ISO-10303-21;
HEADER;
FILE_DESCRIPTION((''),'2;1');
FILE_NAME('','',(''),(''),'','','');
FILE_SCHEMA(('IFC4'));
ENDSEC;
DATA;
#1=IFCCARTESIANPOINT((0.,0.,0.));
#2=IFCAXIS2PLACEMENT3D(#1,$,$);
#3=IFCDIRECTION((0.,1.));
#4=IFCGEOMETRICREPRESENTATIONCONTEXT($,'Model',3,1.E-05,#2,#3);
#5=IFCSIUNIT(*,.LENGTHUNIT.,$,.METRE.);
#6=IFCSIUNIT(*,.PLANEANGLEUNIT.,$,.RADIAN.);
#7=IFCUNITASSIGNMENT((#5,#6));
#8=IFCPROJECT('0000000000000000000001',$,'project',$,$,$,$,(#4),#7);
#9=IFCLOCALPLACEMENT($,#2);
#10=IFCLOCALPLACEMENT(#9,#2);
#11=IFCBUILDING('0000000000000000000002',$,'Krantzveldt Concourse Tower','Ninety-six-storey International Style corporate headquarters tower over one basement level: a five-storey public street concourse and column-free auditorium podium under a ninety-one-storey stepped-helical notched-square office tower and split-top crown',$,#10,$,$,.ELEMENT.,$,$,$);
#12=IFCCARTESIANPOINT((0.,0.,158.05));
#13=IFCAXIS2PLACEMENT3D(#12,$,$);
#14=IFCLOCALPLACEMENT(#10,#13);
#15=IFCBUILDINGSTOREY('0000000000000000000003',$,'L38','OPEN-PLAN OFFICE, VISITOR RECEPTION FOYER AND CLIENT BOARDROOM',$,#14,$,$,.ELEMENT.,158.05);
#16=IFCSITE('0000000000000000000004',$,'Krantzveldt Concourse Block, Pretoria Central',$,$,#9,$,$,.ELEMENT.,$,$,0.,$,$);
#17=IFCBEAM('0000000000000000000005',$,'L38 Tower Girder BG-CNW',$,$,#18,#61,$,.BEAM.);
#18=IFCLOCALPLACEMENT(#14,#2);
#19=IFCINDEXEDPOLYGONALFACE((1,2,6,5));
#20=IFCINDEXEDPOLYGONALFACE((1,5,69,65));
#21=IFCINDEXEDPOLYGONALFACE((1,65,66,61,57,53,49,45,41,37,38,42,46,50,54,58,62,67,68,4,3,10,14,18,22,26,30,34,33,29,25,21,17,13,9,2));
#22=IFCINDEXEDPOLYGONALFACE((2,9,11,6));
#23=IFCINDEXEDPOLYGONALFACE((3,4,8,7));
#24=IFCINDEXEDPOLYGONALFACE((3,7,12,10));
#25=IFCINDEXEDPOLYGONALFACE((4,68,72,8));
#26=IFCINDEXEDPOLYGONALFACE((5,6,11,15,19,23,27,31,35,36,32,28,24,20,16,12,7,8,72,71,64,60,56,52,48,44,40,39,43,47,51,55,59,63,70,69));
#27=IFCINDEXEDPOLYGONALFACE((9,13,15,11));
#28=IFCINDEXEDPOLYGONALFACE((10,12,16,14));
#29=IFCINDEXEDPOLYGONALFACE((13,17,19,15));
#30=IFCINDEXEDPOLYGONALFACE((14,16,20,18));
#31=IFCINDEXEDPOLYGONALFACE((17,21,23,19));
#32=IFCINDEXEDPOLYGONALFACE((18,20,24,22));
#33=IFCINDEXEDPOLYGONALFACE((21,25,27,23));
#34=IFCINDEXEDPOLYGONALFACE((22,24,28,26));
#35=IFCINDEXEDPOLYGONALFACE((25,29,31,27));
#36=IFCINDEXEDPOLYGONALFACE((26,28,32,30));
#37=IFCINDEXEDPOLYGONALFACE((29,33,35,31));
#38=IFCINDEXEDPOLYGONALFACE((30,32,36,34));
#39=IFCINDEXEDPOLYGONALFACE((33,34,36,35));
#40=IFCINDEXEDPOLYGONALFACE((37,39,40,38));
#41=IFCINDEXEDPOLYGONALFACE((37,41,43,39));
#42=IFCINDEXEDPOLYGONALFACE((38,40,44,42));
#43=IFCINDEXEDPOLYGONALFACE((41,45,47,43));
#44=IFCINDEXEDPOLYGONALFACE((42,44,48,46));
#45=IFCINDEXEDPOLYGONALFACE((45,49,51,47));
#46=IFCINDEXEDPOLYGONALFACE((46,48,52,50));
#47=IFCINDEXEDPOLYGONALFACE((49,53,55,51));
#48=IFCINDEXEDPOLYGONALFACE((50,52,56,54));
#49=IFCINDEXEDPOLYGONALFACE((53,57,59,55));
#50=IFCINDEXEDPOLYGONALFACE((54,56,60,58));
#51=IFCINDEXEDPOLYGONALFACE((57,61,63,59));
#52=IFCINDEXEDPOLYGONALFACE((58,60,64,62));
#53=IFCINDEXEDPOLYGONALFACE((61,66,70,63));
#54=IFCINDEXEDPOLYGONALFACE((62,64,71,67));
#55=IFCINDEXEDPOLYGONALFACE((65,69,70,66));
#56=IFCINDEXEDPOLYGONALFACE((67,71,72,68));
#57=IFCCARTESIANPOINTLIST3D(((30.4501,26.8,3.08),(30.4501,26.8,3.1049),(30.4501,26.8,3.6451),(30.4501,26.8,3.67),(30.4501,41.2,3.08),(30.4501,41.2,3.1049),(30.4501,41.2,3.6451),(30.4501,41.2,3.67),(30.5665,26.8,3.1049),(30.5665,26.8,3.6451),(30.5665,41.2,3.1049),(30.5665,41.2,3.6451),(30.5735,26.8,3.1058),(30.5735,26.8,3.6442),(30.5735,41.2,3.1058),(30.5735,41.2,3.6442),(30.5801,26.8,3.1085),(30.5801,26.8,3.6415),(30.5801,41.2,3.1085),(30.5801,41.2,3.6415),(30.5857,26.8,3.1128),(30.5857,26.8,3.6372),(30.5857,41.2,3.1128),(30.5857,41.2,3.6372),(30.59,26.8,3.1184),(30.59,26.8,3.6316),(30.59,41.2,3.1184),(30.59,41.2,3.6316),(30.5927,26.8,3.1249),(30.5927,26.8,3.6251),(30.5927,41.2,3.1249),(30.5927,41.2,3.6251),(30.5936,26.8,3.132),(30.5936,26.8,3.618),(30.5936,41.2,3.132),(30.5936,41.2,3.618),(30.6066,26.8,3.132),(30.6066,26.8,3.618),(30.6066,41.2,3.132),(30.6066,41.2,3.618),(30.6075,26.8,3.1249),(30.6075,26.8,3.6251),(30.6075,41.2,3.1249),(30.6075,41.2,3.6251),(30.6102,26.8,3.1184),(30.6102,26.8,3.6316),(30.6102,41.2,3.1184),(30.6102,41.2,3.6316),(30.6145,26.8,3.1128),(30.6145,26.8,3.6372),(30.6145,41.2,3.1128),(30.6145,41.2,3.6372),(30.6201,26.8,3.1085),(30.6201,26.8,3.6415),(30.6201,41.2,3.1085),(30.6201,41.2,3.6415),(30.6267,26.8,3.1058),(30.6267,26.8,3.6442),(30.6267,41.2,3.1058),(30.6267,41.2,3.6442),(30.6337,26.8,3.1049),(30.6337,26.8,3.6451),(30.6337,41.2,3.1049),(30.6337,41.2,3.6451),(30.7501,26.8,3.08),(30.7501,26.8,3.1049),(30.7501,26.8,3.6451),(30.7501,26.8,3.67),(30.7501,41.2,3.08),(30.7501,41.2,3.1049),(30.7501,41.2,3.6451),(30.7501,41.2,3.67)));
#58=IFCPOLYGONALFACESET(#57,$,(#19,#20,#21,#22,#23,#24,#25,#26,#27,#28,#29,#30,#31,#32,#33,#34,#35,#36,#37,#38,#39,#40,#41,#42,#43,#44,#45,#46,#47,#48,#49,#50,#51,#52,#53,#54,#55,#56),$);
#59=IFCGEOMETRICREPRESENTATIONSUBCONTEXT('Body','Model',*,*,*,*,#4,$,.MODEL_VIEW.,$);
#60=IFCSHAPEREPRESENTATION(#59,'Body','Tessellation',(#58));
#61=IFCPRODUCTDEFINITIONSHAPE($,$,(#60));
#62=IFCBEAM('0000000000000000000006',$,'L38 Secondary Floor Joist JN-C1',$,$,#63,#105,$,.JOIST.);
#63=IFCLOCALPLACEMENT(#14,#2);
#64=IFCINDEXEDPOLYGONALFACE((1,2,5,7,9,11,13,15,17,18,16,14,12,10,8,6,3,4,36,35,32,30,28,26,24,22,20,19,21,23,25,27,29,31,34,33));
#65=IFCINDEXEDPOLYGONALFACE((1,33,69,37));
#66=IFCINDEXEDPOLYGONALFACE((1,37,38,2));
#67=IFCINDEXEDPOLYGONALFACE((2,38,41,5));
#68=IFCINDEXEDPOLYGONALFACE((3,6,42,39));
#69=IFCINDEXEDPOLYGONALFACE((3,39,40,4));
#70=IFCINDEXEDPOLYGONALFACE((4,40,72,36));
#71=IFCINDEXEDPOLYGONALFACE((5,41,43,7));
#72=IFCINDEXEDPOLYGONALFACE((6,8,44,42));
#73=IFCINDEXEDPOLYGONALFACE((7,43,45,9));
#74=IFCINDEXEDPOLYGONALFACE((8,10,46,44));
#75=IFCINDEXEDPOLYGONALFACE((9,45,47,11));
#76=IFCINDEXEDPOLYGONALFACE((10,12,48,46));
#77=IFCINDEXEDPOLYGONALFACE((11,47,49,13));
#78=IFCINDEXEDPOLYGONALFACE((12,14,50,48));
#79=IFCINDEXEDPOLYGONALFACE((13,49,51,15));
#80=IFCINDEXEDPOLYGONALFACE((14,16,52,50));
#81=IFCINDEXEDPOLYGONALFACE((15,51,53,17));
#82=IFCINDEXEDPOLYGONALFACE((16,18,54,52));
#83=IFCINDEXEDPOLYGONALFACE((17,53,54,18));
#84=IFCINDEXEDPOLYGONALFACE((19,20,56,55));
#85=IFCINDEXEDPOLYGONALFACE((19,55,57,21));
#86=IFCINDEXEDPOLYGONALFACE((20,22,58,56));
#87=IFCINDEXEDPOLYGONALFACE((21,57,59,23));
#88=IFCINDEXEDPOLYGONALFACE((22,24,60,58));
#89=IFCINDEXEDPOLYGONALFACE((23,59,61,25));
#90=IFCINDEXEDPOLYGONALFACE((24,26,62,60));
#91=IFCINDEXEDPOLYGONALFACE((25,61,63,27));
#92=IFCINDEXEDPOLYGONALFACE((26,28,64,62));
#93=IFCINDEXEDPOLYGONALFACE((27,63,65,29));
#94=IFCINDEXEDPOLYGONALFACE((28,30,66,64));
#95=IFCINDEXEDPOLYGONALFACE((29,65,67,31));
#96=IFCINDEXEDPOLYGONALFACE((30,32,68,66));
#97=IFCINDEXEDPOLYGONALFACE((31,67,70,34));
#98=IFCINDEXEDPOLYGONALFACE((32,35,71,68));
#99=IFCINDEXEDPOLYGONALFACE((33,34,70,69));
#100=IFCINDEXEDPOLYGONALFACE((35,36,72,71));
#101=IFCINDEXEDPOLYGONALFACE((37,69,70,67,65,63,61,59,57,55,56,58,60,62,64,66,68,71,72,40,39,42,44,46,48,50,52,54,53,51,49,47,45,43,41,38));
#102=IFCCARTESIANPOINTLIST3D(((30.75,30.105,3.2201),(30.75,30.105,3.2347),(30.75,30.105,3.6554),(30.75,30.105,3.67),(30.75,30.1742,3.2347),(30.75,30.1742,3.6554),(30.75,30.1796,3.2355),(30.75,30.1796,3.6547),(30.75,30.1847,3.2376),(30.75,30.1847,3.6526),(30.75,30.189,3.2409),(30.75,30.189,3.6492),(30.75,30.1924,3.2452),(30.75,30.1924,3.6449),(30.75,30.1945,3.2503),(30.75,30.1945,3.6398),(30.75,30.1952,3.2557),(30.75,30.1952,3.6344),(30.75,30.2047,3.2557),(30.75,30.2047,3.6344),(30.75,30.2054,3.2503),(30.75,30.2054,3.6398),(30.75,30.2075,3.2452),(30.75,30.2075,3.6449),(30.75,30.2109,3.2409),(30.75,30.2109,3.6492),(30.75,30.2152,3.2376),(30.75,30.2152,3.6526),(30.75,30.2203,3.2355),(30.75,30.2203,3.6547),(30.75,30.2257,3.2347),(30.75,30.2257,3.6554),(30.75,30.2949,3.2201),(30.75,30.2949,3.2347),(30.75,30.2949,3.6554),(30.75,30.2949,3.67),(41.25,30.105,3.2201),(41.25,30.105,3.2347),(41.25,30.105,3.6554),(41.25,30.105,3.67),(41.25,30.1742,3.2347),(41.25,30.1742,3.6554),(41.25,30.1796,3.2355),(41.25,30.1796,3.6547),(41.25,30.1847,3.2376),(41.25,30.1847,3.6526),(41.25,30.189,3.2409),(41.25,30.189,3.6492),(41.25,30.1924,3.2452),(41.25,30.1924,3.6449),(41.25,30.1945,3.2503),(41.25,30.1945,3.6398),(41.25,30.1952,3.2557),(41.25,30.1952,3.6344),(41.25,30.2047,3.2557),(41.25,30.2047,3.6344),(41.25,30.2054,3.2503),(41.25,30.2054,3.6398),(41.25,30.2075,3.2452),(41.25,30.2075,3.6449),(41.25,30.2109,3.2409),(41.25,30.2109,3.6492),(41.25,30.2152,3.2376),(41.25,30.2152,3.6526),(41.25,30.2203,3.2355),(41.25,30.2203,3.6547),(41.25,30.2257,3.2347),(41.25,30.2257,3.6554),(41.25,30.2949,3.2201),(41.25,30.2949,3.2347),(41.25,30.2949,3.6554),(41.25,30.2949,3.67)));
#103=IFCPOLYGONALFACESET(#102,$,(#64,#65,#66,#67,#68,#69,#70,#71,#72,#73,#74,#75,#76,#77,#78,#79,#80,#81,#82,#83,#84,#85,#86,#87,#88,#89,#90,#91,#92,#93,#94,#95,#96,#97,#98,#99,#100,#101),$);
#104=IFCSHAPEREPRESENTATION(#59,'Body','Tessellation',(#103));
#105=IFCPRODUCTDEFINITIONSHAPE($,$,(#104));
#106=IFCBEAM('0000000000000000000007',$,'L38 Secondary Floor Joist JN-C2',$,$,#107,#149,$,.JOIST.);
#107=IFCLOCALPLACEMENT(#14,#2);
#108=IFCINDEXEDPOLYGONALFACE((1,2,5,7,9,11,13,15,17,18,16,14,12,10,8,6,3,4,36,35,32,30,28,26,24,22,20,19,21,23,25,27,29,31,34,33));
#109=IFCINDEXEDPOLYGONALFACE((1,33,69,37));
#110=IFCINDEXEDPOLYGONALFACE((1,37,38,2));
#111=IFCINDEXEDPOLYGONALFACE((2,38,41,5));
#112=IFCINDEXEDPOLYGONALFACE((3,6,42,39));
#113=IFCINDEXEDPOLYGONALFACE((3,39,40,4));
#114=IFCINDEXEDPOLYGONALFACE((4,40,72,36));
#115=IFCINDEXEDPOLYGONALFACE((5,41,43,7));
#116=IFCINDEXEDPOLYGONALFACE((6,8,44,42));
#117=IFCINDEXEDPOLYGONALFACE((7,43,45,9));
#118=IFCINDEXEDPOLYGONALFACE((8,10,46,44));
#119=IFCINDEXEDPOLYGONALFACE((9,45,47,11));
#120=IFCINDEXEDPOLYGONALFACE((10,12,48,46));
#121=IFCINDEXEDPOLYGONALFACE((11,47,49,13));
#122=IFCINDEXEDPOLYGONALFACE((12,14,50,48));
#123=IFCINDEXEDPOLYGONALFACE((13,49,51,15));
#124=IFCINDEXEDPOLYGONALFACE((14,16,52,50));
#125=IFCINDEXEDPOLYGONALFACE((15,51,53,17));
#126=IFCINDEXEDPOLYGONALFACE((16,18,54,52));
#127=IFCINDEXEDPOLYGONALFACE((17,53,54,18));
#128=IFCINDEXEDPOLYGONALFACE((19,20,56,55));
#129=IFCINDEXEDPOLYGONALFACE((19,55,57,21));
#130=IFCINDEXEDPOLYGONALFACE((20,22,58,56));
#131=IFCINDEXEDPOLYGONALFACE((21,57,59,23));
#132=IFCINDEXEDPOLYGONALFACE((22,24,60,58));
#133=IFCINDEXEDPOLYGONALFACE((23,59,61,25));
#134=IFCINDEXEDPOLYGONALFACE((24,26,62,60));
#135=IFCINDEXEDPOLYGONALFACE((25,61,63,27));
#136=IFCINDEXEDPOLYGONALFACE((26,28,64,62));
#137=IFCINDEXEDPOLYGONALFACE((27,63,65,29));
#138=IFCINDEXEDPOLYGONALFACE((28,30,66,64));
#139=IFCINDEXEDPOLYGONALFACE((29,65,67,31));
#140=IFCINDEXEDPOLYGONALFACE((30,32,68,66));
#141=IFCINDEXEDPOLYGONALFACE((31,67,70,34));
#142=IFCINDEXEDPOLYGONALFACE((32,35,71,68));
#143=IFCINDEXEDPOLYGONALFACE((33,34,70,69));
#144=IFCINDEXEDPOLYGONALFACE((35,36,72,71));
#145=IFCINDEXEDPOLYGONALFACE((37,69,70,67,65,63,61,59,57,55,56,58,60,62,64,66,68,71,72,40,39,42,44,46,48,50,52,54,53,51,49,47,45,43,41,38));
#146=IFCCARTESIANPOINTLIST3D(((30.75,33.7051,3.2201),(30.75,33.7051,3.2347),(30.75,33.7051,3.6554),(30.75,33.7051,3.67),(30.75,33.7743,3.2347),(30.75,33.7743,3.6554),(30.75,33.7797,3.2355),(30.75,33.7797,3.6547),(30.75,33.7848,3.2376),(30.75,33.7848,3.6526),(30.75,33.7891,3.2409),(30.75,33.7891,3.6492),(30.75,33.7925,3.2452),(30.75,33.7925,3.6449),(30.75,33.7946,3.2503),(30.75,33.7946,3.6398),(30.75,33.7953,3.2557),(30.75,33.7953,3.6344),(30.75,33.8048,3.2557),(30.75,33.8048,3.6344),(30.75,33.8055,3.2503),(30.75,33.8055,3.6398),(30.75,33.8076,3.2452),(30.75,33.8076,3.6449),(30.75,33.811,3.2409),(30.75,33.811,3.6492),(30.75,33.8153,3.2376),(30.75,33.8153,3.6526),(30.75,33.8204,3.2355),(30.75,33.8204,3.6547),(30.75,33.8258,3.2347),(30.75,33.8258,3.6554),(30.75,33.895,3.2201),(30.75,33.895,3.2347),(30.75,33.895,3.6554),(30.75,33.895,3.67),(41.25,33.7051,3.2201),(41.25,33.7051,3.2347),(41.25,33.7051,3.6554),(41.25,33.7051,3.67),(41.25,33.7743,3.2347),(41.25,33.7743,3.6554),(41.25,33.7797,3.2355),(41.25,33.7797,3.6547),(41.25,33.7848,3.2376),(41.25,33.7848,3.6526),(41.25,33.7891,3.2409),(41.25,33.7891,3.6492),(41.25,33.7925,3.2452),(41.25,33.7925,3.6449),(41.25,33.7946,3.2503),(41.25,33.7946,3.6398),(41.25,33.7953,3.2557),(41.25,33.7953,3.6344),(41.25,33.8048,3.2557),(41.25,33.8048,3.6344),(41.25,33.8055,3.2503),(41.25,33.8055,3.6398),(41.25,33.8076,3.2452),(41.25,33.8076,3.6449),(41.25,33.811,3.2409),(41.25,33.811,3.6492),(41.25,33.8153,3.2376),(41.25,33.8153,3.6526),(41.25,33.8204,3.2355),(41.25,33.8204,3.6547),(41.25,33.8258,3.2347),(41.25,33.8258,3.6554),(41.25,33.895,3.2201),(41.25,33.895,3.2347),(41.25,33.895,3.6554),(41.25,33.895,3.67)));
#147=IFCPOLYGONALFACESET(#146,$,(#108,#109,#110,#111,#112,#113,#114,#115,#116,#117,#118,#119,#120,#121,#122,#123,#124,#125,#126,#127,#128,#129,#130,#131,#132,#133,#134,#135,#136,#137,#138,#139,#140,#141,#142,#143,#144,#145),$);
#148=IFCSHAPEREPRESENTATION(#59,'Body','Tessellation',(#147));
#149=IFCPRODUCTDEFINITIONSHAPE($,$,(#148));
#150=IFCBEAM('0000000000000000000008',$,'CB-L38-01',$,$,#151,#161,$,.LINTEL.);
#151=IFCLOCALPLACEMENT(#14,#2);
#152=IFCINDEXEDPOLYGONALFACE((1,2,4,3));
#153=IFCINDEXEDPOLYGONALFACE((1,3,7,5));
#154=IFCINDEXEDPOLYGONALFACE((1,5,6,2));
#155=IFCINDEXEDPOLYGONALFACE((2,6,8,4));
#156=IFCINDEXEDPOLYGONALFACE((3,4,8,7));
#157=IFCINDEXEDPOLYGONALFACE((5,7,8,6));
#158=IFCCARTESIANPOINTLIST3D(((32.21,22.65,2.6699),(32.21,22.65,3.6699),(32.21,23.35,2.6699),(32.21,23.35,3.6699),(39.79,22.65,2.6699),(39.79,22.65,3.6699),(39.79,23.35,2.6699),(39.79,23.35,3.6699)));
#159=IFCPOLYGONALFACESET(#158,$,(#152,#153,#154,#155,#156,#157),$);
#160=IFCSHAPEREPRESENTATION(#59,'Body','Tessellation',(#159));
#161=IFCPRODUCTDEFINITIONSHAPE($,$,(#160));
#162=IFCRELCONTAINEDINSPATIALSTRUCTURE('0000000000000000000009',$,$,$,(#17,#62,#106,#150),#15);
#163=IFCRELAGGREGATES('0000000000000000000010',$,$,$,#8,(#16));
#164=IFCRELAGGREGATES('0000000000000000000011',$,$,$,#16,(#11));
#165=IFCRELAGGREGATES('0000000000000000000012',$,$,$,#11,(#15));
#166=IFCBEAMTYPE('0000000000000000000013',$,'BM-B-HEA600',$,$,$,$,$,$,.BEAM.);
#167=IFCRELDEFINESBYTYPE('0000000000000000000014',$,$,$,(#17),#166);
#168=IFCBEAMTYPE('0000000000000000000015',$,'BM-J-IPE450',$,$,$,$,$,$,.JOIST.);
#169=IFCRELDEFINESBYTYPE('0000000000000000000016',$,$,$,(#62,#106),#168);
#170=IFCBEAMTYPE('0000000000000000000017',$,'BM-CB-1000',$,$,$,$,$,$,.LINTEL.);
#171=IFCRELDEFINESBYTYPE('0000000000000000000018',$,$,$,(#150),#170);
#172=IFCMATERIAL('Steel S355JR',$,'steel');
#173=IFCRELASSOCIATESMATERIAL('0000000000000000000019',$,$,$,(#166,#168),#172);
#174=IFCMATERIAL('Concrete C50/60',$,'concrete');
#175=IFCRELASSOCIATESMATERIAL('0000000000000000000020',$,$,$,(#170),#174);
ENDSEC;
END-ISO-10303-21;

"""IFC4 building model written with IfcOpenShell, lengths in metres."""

from ifc_helpers import new_model, si_unit, direction, frame, origin, origin_2d, place, context, subcontext, project, spatial, rectangle, i_section, extrude, source, transform, mapped, material, material_profile, profile_set, type_object, type_shapes, element, save


model = new_model("IFC4")

# Units and contexts
model_context = context("Model", 3, precision=1e-05, world=origin(), true_north=direction((0.0, 1.0)))
body_context = subcontext(model_context, "Body", "Model", "MODEL_VIEW")
ifc_project = project(units=[si_unit("LENGTHUNIT", "METRE"), si_unit("PLANEANGLEUNIT", "RADIAN")], contexts=[model_context])

# Site, building, storey
site_placement = place(None, origin())
site = spatial("IfcSite", under=ifc_project, at=site_placement, Name="Krantzveldt Concourse Block, Pretoria Central", CompositionType="ELEMENT", RefElevation=0.0)
building_placement = place(site_placement, origin())
building = spatial("IfcBuilding", under=site, at=building_placement, Name="Krantzveldt Concourse Tower", Description="Ninety-six-storey International Style corporate headquarters tower over one basement level: a five-storey public street concourse and column-free auditorium podium under a ninety-one-storey stepped-helical notched-square office tower and split-top crown", CompositionType="ELEMENT")
storey_placement = place(building_placement, frame((0.0, 0.0, 158.05)))
storey = spatial("IfcBuildingStorey", under=building, at=storey_placement, Name="L38", Description="OPEN-PLAN OFFICE, VISITOR RECEPTION FOYER AND CLIENT BOARDROOM", CompositionType="ELEMENT", Elevation=158.05)

# Beams
ifc_material_1 = material(Name="Steel S355JR", Category="steel")
ifc_material_profile_1 = material_profile(ifc_material_1, i_section(OverallWidth=0.3, OverallDepth=0.5901, WebThickness=0.0129, FlangeThickness=0.0249, FilletRadius=0.0271, at=origin_2d()), Name="Steel S355JR", Category="steel")
ifc_profile_set_1 = profile_set([ifc_material_profile_1], Name="Steel S355JR - HEA 600")
beam_type_1 = type_object("IfcBeamType", Name="BM-B-HEA600", PredefinedType="BEAM", material=ifc_profile_set_1)
shared_shape_1 = source(origin(), body_context, "Body", "SweptSolid", [
    extrude(i_section(OverallWidth=0.3, OverallDepth=0.5901, WebThickness=0.0129, FlangeThickness=0.0249, FilletRadius=0.0271, at=origin_2d()), origin(), (0.0, 0.0, 1.0), 14.3999),
])
type_shapes(beam_type_1, [shared_shape_1])
beam_1_placement = place(storey_placement, frame((30.6001, 26.8, 3.375), z_axis=(0.0, 1.0, 0.0), x_axis=(-1.0, 0.0, 0.0)))
element("IfcBeam", 1, at=beam_1_placement, inside=storey, type_object=beam_type_1, Name="L38 Tower Girder BG-CNW", PredefinedType="BEAM", context=body_context, shape_type="MappedRepresentation", body=[
    mapped(shared_shape_1, transform((0.0, 0.0, 0.0), x_axis=(1.0, 0.0, 0.0), y_axis=(0.0, 1.0, 0.0), z_axis=(0.0, 0.0, 1.0), scale=1.0)),
])
ifc_material_profile_2 = material_profile(ifc_material_1, i_section(OverallWidth=0.1899, OverallDepth=0.45, WebThickness=0.0095, FlangeThickness=0.0146, FilletRadius=0.021, at=origin_2d()), Name="Steel S355JR", Category="steel")
ifc_profile_set_2 = profile_set([ifc_material_profile_2], Name="Steel S355JR - IPE 450")
beam_type_2 = type_object("IfcBeamType", Name="BM-J-IPE450", PredefinedType="JOIST", material=ifc_profile_set_2)
shared_shape_2 = source(origin(), body_context, "Body", "SweptSolid", [
    extrude(i_section(OverallWidth=0.1899, OverallDepth=0.45, WebThickness=0.0095, FlangeThickness=0.0146, FilletRadius=0.021, at=origin_2d()), origin(), (0.0, 0.0, 1.0), 10.5),
])
for number, where, z_axis, x_axis, name in (
    (2, (30.75, 30.2, 3.4451), (1.0, 0.0, 0.0), (0.0, 1.0, 0.0), "L38 Secondary Floor Joist JN-C1"),
    (3, (30.75, 33.8, 3.4451), (1.0, 0.0, 0.0), (0.0, 1.0, 0.0), "L38 Secondary Floor Joist JN-C2"),
):
    element("IfcBeam", number, at=place(storey_placement, frame(where, z_axis=z_axis, x_axis=x_axis)), inside=storey, type_object=beam_type_2, Name=name, PredefinedType="JOIST", context=body_context, shape_type="MappedRepresentation", body=[
        mapped(shared_shape_2, transform((0.0, 0.0, 0.0), x_axis=(1.0, 0.0, 0.0), y_axis=(0.0, 1.0, 0.0), z_axis=(0.0, 0.0, 1.0), scale=1.0)),
    ])
ifc_material_2 = material(Name="Concrete C50/60", Category="concrete")
ifc_material_profile_3 = material_profile(ifc_material_2, rectangle(XDim=0.7, YDim=1.0, at=origin_2d()), Name="Concrete C50/60", Category="concrete")
ifc_profile_set_3 = profile_set([ifc_material_profile_3], Name="Concrete C50/60 - RC-CB 700x1000")
beam_type_3 = type_object("IfcBeamType", Name="BM-CB-1000", PredefinedType="LINTEL", material=ifc_profile_set_3)
shared_shape_3 = source(origin(), body_context, "Body", "SweptSolid", [
    extrude(rectangle(XDim=0.7, YDim=1.0, at=origin_2d()), origin(), (0.0, 0.0, 1.0), 7.5801),
])
type_shapes(beam_type_3, [shared_shape_3])
beam_2_placement = place(storey_placement, frame((32.21, 23.0, 3.1699), z_axis=(1.0, 0.0, 0.0), x_axis=(0.0, 1.0, 0.0)))
element("IfcBeam", 4, at=beam_2_placement, inside=storey, type_object=beam_type_3, Name="CB-L38-01", PredefinedType="LINTEL", context=body_context, shape_type="MappedRepresentation", body=[
    mapped(shared_shape_3, transform((0.0, 0.0, 0.0), x_axis=(1.0, 0.0, 0.0), y_axis=(0.0, 1.0, 0.0), z_axis=(0.0, 0.0, 1.0), scale=1.0)),
])

save(model, "model.ifc")
